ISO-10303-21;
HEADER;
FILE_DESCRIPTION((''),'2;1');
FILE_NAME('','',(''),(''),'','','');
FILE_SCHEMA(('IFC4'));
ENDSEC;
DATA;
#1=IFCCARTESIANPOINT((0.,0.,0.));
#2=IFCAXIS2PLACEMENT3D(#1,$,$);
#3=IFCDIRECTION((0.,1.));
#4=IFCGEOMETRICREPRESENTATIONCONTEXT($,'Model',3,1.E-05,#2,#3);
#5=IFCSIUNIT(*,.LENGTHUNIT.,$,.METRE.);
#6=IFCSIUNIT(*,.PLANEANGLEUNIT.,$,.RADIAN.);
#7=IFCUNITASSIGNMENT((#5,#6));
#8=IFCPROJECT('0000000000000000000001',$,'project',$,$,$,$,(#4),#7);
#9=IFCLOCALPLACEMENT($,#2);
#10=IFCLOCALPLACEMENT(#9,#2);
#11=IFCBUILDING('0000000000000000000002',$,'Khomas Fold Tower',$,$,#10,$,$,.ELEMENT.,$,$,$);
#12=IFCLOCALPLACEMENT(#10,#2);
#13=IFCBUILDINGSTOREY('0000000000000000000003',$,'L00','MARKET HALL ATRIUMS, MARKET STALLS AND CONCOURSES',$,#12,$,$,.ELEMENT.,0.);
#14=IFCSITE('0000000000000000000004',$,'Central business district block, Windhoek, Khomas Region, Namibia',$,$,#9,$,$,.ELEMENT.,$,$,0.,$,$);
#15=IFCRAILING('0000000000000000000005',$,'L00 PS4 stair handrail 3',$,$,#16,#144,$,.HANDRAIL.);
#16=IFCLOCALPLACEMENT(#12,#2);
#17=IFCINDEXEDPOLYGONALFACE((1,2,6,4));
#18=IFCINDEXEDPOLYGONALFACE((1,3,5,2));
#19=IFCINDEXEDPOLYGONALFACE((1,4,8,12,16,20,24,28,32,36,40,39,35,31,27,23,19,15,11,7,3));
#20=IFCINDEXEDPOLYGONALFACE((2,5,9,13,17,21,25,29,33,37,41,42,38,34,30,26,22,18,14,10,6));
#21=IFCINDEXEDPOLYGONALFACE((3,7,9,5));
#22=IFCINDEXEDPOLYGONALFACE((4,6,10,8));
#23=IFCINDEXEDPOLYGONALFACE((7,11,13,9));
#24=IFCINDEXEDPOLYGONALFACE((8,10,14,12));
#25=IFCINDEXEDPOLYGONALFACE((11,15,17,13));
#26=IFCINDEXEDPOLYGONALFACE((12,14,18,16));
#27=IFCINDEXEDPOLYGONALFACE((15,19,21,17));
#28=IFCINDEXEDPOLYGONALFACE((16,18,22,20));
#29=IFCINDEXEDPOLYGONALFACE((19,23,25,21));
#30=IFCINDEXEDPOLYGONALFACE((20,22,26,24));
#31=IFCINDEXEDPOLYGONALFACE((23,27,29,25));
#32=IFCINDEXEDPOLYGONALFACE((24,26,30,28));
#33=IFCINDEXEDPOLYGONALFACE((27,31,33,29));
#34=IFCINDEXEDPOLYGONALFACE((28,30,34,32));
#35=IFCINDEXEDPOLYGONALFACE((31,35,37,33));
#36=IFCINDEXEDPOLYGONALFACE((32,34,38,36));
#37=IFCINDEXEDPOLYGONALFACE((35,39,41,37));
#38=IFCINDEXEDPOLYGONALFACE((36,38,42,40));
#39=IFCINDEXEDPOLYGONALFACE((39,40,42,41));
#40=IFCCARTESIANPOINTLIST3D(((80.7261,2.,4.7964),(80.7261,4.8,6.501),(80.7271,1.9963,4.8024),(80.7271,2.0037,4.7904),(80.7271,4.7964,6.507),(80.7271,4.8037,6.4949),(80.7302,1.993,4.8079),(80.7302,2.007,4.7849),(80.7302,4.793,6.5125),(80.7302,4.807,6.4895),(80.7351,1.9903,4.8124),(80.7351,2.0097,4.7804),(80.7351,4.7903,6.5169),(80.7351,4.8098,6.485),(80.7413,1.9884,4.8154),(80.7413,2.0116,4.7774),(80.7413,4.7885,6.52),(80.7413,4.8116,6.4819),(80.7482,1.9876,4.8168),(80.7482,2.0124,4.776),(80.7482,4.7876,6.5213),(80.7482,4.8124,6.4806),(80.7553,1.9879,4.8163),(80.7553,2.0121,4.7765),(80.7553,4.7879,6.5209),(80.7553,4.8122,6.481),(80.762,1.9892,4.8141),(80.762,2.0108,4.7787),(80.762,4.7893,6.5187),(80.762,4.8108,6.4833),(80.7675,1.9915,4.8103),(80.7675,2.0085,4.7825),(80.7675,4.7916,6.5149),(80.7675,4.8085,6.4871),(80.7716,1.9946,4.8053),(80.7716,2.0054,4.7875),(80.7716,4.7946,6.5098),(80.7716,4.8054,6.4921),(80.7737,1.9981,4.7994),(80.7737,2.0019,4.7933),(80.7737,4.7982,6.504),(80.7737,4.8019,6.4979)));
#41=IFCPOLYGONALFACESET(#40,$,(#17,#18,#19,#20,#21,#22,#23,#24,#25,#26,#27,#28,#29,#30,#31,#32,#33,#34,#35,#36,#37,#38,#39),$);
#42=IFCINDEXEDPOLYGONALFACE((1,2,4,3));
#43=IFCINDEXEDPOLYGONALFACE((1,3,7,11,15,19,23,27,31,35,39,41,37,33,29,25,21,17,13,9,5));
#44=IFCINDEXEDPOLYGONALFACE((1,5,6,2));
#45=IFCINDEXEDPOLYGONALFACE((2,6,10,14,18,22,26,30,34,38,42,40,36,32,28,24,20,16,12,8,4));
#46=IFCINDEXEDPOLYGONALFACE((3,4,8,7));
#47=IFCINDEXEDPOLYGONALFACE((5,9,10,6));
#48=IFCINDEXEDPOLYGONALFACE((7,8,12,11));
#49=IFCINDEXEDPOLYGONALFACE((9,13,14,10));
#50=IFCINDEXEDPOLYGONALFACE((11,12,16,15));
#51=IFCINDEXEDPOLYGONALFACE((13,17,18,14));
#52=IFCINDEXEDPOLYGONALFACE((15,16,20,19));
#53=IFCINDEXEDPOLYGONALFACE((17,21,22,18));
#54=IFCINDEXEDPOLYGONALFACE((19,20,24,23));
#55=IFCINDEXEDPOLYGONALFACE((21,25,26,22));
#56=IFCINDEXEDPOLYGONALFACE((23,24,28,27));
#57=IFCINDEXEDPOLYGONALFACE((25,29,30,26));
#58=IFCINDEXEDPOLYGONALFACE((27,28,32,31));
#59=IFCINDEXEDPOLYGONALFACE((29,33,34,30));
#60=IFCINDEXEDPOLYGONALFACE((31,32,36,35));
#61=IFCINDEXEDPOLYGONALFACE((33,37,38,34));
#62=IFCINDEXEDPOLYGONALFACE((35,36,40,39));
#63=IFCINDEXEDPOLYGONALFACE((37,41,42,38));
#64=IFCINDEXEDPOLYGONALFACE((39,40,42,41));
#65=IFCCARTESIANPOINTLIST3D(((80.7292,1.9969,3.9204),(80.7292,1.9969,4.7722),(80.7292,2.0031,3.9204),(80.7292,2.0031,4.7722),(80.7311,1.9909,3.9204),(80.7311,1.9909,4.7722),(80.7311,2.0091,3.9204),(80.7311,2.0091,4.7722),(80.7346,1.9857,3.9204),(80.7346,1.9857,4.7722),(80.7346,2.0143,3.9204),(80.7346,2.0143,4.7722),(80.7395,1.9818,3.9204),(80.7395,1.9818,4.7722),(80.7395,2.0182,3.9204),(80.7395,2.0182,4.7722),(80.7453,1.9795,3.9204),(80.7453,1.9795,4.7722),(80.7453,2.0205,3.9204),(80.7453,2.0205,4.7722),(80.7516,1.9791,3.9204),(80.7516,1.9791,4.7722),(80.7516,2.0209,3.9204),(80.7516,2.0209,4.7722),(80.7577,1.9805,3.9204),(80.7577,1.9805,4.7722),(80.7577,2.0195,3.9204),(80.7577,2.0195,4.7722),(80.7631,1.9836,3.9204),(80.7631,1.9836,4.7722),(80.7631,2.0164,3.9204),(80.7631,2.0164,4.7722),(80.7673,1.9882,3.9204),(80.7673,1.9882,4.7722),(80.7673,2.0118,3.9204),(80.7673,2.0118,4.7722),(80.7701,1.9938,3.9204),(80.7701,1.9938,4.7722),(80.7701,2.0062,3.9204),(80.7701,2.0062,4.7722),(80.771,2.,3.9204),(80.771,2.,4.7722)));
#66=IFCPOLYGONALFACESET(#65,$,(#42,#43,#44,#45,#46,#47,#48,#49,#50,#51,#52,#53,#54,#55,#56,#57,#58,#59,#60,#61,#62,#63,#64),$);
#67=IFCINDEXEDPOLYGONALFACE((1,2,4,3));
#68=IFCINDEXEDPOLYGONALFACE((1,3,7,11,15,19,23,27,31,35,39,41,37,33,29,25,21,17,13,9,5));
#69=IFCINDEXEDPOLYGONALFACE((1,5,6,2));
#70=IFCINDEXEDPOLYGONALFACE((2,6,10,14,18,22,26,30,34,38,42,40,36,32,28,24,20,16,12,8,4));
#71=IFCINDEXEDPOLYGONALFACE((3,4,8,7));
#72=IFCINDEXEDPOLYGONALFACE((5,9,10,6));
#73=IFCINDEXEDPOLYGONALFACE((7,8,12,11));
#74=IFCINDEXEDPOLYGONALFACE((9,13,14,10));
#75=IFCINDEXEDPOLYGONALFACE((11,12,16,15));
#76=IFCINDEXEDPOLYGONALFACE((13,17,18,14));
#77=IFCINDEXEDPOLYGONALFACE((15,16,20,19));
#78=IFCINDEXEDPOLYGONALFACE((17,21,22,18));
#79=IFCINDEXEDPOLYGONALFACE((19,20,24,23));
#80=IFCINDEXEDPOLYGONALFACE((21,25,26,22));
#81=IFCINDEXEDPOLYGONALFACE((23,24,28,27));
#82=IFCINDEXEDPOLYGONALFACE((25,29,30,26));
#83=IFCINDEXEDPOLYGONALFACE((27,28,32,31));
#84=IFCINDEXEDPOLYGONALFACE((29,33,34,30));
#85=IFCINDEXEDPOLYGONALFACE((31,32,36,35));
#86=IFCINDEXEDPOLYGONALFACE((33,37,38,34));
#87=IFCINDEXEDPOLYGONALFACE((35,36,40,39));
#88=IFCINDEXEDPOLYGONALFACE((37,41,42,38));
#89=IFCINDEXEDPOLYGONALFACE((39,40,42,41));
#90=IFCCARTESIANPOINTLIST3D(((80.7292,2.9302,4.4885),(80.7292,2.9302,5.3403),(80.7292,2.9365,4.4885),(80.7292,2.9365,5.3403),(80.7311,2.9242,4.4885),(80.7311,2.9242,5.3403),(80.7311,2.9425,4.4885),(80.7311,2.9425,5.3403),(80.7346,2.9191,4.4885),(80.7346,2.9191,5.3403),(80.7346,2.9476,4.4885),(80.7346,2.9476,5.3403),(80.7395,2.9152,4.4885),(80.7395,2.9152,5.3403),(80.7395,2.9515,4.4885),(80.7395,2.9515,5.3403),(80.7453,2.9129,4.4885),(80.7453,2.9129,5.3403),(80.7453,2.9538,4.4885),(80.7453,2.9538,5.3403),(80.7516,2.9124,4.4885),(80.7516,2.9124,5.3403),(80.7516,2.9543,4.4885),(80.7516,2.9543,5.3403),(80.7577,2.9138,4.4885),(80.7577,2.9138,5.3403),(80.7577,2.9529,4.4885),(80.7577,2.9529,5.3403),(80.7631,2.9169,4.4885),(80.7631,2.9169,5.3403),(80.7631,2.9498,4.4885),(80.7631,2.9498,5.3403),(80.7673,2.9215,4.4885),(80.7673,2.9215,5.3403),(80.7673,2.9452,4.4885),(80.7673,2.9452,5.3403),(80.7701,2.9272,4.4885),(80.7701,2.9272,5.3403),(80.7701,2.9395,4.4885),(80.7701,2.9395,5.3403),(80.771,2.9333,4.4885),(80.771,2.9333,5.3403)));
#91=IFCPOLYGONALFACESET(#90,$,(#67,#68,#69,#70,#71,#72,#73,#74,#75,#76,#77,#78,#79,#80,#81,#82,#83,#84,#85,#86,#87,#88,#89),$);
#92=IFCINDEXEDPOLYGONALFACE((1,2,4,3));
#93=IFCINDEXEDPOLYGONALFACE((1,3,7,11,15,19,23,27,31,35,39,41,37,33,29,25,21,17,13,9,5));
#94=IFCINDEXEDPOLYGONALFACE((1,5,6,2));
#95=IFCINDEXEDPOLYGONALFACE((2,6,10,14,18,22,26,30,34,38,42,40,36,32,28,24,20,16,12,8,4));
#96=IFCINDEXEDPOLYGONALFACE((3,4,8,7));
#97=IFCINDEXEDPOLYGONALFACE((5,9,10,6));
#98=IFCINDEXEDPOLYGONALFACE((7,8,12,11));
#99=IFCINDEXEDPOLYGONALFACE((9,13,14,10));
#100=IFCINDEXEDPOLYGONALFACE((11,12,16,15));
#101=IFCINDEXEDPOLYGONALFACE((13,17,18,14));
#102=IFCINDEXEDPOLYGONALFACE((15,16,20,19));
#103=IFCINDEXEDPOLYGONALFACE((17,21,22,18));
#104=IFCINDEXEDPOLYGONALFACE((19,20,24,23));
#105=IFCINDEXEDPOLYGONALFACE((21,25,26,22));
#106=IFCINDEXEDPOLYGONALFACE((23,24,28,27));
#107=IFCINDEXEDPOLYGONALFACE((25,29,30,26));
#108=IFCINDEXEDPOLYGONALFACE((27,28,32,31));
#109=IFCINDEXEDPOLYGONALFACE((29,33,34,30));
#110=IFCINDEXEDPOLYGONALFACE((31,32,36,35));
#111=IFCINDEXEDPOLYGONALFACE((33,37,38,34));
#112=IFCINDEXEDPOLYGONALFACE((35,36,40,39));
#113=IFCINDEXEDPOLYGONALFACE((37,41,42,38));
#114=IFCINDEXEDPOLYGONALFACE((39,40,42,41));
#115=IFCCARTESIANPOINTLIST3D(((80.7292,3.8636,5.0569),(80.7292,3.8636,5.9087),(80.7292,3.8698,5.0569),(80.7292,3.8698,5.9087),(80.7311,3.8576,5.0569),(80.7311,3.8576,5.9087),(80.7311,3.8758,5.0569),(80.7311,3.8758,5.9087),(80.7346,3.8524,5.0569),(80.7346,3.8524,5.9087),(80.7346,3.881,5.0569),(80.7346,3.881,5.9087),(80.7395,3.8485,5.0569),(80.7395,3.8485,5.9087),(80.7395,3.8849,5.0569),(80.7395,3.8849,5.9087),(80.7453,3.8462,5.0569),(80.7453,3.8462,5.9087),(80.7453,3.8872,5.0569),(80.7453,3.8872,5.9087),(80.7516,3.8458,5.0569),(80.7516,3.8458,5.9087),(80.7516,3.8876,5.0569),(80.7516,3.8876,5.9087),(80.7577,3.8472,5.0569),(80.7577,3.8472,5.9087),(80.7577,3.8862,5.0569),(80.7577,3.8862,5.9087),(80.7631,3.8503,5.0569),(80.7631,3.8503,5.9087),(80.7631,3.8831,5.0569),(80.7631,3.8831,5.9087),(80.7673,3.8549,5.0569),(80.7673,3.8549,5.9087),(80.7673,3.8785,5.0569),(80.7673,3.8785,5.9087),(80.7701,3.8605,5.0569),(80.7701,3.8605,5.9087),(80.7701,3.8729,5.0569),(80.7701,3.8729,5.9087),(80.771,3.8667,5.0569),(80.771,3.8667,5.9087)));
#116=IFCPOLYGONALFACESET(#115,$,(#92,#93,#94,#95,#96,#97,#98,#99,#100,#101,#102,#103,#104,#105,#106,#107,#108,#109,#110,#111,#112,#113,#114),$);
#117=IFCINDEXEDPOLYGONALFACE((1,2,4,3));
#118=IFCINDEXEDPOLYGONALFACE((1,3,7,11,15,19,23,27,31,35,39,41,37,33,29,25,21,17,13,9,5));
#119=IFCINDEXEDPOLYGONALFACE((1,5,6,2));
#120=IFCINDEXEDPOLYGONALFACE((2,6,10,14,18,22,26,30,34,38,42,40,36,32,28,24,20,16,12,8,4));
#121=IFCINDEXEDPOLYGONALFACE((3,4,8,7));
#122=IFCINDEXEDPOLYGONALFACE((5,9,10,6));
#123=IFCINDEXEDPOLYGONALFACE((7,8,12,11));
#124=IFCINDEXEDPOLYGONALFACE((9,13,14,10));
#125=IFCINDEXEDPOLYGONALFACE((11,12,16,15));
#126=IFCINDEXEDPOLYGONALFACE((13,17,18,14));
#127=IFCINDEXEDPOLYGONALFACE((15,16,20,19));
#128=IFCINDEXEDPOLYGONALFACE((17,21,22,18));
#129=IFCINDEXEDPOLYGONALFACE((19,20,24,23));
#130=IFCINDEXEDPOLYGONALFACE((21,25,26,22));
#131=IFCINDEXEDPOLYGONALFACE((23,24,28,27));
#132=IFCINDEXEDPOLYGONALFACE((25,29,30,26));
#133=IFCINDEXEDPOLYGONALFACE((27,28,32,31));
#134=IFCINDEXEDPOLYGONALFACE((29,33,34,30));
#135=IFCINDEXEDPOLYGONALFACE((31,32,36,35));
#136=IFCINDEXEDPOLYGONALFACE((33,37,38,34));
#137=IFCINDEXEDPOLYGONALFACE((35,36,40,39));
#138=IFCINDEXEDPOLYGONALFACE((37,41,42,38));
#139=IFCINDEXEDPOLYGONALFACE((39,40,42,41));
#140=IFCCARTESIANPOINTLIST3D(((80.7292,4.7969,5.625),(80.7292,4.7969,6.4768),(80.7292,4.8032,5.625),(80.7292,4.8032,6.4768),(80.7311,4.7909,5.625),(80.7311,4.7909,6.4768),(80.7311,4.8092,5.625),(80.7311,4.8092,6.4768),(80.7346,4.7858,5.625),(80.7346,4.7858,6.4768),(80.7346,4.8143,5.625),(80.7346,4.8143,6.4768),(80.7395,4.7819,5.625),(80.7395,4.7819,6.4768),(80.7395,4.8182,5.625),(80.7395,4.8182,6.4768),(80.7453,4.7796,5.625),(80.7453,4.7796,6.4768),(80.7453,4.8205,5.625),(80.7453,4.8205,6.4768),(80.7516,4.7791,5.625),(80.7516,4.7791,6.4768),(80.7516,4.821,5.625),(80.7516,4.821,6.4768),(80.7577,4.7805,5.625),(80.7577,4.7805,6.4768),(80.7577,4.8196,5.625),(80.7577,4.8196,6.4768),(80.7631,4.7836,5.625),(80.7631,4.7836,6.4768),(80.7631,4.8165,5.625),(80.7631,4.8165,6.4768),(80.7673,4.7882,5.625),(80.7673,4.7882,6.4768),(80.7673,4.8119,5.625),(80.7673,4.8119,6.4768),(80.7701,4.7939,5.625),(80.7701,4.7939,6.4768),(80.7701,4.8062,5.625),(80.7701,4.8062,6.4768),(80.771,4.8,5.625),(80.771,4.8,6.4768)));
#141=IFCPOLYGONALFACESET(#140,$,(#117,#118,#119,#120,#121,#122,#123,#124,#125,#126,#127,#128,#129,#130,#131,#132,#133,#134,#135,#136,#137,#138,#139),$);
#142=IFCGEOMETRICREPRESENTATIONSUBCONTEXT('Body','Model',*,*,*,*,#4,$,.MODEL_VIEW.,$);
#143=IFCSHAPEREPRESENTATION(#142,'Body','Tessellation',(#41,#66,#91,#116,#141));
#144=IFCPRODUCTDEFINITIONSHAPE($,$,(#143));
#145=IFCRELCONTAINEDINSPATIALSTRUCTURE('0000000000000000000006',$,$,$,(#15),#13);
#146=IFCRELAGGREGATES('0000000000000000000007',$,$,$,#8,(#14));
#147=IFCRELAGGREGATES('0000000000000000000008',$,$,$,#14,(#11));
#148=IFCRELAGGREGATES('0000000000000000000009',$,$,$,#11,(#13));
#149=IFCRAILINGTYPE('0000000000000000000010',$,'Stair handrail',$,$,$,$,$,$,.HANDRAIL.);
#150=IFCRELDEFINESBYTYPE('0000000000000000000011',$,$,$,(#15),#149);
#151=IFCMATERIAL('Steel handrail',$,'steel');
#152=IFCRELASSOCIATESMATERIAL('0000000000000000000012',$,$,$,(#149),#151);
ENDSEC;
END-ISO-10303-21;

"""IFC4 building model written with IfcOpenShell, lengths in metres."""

from ifc_helpers import new_model, si_unit, direction, frame, origin, origin_2d, place, context, subcontext, project, spatial, circle, extrude, source, transform, mapped, material, type_object, element, save


model = new_model("IFC4")

# Units and contexts
model_context = context("Model", 3, precision=1e-05, world=origin(), true_north=direction((0.0, 1.0)))
body_context = subcontext(model_context, "Body", "Model", "MODEL_VIEW")
ifc_project = project(units=[si_unit("LENGTHUNIT", "METRE"), si_unit("PLANEANGLEUNIT", "RADIAN")], contexts=[model_context])

# Site, building, storey
site_placement = place(None, origin())
site = spatial("IfcSite", under=ifc_project, at=site_placement, Name="Central business district block, Windhoek, Khomas Region, Namibia", CompositionType="ELEMENT", RefElevation=0.0)
building_placement = place(site_placement, origin())
building = spatial("IfcBuilding", under=site, at=building_placement, Name="Khomas Fold Tower", CompositionType="ELEMENT")
storey_placement = place(building_placement, origin())
storey = spatial("IfcBuildingStorey", under=building, at=storey_placement, Name="L00", Description="MARKET HALL ATRIUMS, MARKET STALLS AND CONCOURSES", CompositionType="ELEMENT", Elevation=0.0)

# Railing
ifc_material_1 = material(Name="Steel handrail", Category="steel")
railing_type_1 = type_object("IfcRailingType", Name="Stair handrail", PredefinedType="HANDRAIL", material=ifc_material_1)
shared_shape_1 = source(origin(), body_context, "Body", "SweptSolid", [
    extrude(circle(Radius=0.0239, at=origin_2d()), frame((0.0, 0.0, 0.876), z_axis=(0.0, 0.85417, 0.519994), x_axis=(-1.0, 0.0, 0.0)), (0.0, 0.0, 1.0), 3.2781),
    extrude(circle(Radius=0.021, at=origin_2d()), origin(), (0.0, 0.0, 1.0), 0.8518),
    extrude(circle(Radius=0.021, at=origin_2d()), frame((0.0, 0.9333, 0.5681)), (0.0, 0.0, 1.0), 0.8518),
    extrude(circle(Radius=0.021, at=origin_2d()), frame((0.0, 1.8667, 1.1365)), (0.0, 0.0, 1.0), 0.8518),
    extrude(circle(Radius=0.021, at=origin_2d()), frame((0.0, 2.8, 1.7046)), (0.0, 0.0, 1.0), 0.8518),
])
for number, where, name in (
    (1, (80.75, 2.0, 3.9204), "L00 PS4 stair handrail 3"),
):
    element("IfcRailing", number, at=place(storey_placement, frame(where)), inside=storey, type_object=railing_type_1, Name=name, PredefinedType="HANDRAIL", context=body_context, shape_type="MappedRepresentation", body=[
        mapped(shared_shape_1, transform((0.0, 0.0, 0.0))),
    ])

save(model, "model.ifc")
